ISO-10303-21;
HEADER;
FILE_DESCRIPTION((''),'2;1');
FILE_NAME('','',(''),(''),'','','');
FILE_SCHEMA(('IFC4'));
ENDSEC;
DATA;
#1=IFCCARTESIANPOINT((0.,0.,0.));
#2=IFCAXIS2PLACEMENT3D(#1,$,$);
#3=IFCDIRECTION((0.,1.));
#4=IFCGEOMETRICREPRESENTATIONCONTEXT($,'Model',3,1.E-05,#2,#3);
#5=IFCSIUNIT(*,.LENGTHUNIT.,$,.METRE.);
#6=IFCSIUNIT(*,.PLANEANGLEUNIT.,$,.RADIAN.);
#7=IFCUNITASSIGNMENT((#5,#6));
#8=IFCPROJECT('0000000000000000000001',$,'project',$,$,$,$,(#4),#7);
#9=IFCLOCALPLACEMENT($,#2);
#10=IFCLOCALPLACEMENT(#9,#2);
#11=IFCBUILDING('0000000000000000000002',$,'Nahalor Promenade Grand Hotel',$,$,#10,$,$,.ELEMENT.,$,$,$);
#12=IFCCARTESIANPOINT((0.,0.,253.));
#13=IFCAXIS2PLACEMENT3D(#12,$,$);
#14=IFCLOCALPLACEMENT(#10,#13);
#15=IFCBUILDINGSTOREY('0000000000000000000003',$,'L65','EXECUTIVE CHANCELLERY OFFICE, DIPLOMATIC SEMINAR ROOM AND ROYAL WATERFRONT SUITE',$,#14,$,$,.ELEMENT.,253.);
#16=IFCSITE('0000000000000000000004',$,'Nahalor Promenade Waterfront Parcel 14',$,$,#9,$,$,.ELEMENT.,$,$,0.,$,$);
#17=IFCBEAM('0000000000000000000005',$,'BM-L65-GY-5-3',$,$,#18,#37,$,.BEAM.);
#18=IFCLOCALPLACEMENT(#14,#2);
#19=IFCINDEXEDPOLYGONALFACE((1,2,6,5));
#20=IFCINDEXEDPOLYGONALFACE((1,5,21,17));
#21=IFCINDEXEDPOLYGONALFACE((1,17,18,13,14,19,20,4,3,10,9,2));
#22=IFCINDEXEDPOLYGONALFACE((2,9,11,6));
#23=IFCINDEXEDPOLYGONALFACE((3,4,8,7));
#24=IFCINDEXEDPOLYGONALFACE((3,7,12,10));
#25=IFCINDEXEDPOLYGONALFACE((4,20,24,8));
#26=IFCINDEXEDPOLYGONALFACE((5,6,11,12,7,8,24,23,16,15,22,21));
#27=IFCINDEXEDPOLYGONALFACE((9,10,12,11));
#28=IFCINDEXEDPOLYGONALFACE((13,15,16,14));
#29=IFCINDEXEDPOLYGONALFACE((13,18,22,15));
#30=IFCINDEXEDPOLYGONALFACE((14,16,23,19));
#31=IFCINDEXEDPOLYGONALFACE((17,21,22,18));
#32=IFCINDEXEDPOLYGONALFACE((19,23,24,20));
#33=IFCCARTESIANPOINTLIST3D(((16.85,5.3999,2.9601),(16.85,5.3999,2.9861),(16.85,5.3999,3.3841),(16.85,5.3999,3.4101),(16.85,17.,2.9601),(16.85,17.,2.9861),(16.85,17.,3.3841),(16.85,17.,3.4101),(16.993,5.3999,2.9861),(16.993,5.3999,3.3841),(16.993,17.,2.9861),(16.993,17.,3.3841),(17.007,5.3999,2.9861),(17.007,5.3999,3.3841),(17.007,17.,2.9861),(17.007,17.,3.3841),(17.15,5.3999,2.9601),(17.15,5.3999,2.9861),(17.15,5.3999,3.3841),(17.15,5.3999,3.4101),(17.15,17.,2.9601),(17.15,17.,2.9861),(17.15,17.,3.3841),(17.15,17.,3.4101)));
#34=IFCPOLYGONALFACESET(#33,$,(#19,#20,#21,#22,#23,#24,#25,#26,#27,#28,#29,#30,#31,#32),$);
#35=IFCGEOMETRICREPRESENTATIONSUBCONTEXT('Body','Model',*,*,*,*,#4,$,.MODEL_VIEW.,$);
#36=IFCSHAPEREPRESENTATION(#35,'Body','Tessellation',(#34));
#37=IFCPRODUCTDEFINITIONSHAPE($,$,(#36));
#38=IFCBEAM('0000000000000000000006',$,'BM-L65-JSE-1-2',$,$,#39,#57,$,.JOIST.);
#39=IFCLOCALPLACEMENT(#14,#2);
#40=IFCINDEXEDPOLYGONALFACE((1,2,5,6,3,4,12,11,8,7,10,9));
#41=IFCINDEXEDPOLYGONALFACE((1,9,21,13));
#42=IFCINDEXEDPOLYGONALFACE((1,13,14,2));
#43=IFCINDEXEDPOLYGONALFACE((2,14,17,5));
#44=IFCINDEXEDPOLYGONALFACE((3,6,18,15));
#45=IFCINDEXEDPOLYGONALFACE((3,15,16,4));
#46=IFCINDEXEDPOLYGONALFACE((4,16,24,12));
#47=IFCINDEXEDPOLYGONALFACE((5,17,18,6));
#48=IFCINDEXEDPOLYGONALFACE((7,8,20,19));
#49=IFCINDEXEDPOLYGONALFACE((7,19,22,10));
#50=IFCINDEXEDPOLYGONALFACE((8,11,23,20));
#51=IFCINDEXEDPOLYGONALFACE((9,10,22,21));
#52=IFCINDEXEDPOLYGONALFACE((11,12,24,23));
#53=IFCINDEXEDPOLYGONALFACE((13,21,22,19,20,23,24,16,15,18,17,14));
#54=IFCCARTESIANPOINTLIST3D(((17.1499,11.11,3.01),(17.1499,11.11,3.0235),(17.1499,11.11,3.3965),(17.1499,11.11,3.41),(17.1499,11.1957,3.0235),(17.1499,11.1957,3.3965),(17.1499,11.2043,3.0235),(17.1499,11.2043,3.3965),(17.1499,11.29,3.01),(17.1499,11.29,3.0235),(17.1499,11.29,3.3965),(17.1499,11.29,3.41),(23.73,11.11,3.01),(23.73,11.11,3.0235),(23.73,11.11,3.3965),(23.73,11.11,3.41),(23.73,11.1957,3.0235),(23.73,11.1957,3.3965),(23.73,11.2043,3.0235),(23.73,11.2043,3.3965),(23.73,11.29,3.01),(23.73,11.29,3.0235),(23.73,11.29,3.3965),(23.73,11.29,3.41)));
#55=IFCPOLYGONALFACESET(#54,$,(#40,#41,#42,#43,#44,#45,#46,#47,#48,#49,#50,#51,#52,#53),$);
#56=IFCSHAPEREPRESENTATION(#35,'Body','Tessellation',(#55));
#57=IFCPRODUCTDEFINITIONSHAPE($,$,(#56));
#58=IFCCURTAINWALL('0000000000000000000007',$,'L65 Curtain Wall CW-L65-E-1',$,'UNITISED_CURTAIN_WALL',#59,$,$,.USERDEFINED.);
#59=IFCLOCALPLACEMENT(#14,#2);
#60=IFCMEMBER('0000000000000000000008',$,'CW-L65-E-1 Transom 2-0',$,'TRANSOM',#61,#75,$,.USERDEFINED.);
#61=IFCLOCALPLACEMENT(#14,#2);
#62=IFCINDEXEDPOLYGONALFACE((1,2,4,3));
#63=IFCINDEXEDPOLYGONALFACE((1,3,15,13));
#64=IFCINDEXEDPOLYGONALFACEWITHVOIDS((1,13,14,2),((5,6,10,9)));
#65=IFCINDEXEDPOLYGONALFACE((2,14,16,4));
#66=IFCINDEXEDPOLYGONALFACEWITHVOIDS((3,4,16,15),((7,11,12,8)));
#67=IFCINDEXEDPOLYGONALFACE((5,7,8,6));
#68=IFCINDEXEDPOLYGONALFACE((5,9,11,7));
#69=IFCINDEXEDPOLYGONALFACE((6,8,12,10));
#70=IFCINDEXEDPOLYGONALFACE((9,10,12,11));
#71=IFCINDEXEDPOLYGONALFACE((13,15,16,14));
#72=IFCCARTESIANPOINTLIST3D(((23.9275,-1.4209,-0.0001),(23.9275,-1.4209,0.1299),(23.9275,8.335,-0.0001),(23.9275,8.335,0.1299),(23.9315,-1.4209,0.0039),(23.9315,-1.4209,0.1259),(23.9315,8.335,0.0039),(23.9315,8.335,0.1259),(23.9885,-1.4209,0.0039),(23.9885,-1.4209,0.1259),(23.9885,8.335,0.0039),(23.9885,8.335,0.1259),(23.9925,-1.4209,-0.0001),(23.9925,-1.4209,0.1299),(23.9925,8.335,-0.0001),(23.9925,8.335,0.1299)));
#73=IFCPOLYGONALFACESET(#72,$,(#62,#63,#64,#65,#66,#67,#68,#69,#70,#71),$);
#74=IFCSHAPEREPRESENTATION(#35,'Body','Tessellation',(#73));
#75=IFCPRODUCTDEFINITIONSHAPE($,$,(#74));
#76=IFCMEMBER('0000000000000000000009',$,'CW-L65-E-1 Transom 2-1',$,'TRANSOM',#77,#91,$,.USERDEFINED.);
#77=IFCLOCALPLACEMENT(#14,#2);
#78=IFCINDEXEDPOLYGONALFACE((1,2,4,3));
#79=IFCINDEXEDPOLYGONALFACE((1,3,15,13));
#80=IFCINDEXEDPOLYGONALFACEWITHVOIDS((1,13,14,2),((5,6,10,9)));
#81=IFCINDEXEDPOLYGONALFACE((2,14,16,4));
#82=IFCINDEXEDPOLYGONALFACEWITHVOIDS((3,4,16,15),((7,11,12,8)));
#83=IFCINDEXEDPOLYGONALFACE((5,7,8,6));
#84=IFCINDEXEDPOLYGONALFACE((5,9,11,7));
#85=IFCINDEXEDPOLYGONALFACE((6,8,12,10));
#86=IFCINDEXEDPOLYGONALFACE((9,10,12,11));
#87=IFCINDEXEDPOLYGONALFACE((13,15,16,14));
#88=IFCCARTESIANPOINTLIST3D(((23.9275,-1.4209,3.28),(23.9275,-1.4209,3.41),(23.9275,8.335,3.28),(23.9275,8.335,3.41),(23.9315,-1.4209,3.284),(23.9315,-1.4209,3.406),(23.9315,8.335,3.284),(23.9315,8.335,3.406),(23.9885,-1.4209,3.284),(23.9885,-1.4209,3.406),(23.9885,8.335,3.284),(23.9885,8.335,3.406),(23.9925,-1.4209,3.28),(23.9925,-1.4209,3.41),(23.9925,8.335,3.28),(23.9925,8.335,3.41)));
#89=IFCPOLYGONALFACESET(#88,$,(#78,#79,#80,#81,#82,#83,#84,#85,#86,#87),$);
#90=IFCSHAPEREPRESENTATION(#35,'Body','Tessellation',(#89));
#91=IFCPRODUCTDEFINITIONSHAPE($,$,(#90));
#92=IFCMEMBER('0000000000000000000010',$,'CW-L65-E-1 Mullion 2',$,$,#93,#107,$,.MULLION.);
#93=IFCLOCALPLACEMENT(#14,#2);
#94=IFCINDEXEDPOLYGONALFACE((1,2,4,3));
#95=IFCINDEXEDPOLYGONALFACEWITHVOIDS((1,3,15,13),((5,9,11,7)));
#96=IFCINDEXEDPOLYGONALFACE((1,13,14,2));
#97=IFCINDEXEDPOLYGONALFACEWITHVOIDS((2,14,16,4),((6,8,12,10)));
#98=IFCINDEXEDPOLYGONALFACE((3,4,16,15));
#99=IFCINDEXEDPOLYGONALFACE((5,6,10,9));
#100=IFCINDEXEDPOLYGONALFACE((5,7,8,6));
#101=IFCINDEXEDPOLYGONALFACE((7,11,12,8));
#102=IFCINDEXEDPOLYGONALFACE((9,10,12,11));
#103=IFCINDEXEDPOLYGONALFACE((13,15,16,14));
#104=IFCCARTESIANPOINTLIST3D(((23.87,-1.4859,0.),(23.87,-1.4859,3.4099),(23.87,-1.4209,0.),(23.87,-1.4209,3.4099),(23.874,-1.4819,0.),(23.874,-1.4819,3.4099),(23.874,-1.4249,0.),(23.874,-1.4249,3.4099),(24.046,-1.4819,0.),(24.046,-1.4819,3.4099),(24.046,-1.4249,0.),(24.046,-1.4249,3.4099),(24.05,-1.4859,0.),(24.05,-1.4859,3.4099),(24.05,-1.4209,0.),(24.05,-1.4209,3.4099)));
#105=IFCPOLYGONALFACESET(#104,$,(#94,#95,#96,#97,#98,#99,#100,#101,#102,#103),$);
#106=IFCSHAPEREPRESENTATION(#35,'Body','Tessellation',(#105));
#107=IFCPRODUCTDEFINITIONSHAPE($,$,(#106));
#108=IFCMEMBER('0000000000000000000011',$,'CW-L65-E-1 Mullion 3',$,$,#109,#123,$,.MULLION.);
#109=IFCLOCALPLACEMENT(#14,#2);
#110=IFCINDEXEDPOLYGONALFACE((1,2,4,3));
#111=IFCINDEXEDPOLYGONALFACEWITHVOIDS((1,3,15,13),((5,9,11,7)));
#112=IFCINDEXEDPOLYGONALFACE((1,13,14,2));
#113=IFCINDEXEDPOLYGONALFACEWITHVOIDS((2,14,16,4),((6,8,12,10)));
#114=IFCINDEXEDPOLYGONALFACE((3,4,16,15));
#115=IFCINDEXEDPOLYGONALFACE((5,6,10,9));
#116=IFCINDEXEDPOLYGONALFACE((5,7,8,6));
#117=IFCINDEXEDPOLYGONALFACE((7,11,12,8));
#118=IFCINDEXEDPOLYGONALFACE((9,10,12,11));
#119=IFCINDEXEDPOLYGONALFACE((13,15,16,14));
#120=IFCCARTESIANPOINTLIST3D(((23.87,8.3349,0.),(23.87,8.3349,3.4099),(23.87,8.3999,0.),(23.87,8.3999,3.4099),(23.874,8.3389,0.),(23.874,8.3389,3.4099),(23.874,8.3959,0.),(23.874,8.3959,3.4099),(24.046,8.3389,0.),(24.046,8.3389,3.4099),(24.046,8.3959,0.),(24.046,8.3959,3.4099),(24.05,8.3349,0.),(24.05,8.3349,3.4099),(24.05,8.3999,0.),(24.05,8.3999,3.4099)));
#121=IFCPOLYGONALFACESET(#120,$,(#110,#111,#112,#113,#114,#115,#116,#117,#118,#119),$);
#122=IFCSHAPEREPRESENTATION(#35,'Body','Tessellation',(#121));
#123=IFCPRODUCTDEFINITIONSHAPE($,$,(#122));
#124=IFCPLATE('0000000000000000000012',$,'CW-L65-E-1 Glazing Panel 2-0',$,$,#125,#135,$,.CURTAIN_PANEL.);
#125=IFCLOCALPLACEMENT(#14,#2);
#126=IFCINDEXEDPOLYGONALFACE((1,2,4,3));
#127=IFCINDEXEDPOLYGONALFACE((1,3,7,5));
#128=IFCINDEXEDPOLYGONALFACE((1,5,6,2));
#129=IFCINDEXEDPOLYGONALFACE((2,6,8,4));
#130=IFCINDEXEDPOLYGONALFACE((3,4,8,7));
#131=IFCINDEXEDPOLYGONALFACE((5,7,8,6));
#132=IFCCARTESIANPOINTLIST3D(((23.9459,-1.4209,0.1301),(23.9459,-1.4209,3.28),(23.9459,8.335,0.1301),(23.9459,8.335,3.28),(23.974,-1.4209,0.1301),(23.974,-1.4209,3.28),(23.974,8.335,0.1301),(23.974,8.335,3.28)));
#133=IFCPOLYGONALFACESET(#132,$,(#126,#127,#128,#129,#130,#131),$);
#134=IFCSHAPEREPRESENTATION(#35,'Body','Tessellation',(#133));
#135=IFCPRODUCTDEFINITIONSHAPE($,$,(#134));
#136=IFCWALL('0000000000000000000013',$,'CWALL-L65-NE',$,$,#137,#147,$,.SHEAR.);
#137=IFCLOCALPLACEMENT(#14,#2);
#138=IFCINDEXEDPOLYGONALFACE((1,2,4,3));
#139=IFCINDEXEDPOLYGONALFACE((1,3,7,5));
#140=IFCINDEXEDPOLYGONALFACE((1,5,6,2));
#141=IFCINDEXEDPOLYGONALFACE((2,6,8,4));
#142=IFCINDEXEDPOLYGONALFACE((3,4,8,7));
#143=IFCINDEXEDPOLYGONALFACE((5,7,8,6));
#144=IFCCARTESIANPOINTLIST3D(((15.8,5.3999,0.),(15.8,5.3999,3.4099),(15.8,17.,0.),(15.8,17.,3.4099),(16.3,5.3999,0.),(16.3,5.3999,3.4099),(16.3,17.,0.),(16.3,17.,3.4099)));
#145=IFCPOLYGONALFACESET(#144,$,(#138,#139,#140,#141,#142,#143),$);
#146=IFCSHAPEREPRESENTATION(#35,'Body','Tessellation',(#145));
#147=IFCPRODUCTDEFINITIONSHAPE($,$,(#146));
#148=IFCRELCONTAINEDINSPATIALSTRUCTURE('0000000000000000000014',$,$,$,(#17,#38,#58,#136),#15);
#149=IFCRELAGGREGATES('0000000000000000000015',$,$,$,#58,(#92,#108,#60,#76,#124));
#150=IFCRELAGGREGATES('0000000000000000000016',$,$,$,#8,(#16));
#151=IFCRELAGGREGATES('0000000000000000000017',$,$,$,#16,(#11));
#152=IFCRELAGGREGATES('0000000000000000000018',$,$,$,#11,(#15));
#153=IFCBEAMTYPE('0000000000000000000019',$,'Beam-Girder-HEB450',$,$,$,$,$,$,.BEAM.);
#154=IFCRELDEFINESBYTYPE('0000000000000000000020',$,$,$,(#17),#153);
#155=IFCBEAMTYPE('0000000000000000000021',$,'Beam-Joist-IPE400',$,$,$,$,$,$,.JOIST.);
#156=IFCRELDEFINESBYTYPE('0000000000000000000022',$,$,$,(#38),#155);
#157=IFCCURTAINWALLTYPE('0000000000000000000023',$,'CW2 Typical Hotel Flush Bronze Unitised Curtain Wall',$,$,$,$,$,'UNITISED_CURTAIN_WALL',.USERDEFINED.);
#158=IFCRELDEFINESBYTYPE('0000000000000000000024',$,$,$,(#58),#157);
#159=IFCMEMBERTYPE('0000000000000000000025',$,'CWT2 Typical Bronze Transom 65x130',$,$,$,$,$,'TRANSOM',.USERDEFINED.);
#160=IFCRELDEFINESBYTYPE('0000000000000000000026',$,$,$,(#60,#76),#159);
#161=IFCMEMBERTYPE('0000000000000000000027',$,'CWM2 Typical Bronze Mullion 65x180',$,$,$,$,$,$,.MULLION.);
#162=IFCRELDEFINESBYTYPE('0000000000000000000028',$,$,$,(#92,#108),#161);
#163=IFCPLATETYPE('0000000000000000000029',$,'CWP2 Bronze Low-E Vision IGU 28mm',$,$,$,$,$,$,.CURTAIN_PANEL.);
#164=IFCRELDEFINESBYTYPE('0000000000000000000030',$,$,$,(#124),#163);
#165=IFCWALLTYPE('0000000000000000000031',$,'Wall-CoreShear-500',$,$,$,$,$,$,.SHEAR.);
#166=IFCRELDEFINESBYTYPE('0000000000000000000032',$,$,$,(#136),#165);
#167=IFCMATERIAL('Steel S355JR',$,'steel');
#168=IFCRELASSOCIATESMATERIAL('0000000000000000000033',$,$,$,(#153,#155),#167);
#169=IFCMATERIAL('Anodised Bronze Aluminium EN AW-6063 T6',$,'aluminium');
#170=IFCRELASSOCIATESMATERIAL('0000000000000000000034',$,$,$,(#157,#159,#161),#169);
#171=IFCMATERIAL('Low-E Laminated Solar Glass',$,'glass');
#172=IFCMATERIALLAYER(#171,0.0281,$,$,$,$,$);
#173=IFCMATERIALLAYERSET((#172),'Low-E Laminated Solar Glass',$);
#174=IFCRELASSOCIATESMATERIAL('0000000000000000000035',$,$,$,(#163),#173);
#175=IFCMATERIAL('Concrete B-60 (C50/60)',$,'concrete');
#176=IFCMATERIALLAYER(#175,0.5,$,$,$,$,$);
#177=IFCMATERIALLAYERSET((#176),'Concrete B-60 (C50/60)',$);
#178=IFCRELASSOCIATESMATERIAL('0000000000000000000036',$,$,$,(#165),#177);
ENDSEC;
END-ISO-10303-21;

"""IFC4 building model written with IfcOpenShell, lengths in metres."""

from ifc_helpers import new_model, si_unit, direction, frame, frame_2d, origin, origin_2d, place, context, subcontext, project, spatial, rectangle, hollow_rectangle, i_section, extrude, source, transform, mapped, material, layer, layer_set, material_profile, profile_set, type_object, element, aggregate, save


model = new_model("IFC4")

# Units and contexts
model_context = context("Model", 3, precision=1e-05, world=origin(), true_north=direction((0.0, 1.0)))
body_context = subcontext(model_context, "Body", "Model", "MODEL_VIEW")
ifc_project = project(units=[si_unit("LENGTHUNIT", "METRE"), si_unit("PLANEANGLEUNIT", "RADIAN")], contexts=[model_context])

# Site, building, storey
site_placement = place(None, origin())
site = spatial("IfcSite", under=ifc_project, at=site_placement, Name="Nahalor Promenade Waterfront Parcel 14", CompositionType="ELEMENT", RefElevation=0.0)
building_placement = place(site_placement, origin())
building = spatial("IfcBuilding", under=site, at=building_placement, Name="Nahalor Promenade Grand Hotel", CompositionType="ELEMENT")
storey_placement = place(building_placement, frame((0.0, 0.0, 253.0)))
storey = spatial("IfcBuildingStorey", under=building, at=storey_placement, Name="L65", Description="EXECUTIVE CHANCELLERY OFFICE, DIPLOMATIC SEMINAR ROOM AND ROYAL WATERFRONT SUITE", CompositionType="ELEMENT", Elevation=253.0)

# Shared definitions
ifc_material_1 = material(Name="Steel S355JR", Category="steel")

# Beams
ifc_material_profile_1 = material_profile(ifc_material_1, i_section(OverallWidth=0.3, OverallDepth=0.45, WebThickness=0.014, FlangeThickness=0.026, at=origin_2d()), Name="HEB 450")
ifc_profile_set_1 = profile_set([ifc_material_profile_1], Name="Steel S355JR")
beam_type_1 = type_object("IfcBeamType", Name="Beam-Girder-HEB450", PredefinedType="BEAM", material=ifc_profile_set_1)
shared_shape_1 = source(origin(), body_context, "Body", "SweptSolid", [
    extrude(i_section(OverallWidth=0.3, OverallDepth=0.45, WebThickness=0.014, FlangeThickness=0.026, at=origin_2d()), origin(), (0.0, 0.0, 1.0), 11.6001),
])
beam_1_placement = place(storey_placement, frame((17.0, 5.3999, 3.1851), z_axis=(0.0, 1.0, 0.0), x_axis=(-1.0, 0.0, 0.0)))
element("IfcBeam", 1, at=beam_1_placement, inside=storey, type_object=beam_type_1, Name="BM-L65-GY-5-3", PredefinedType="BEAM", context=body_context, shape_type="MappedRepresentation", body=[
    mapped(shared_shape_1, transform((0.0, 0.0, 0.0), scale=1.0)),
])
ifc_material_profile_2 = material_profile(ifc_material_1, i_section(OverallWidth=0.18, OverallDepth=0.4, WebThickness=0.0086, FlangeThickness=0.0135, at=origin_2d()), Name="IPE 400")
ifc_profile_set_2 = profile_set([ifc_material_profile_2], Name="Steel S355JR")
beam_type_2 = type_object("IfcBeamType", Name="Beam-Joist-IPE400", PredefinedType="JOIST", material=ifc_profile_set_2)
shared_shape_2 = source(origin(), body_context, "Body", "SweptSolid", [
    extrude(i_section(OverallWidth=0.18, OverallDepth=0.4, WebThickness=0.0086, FlangeThickness=0.0135, at=origin_2d()), origin(), (0.0, 0.0, 1.0), 6.5801),
])
beam_2_placement = place(storey_placement, frame((17.1499, 11.2, 3.21), z_axis=(1.0, 0.0, 0.0), x_axis=(0.0, 1.0, 0.0)))
element("IfcBeam", 2, at=beam_2_placement, inside=storey, type_object=beam_type_2, Name="BM-L65-JSE-1-2", PredefinedType="JOIST", context=body_context, shape_type="MappedRepresentation", body=[
    mapped(shared_shape_2, transform((0.0, 0.0, 0.0), scale=1.0)),
])

# Curtain wall, members, plate
ifc_material_2 = material(Name="Anodised Bronze Aluminium EN AW-6063 T6", Category="aluminium")
curtain_wall_type = type_object("IfcCurtainWallType", Name="CW2 Typical Hotel Flush Bronze Unitised Curtain Wall", ElementType="UNITISED_CURTAIN_WALL", PredefinedType="USERDEFINED", material=ifc_material_2)
curtain_wall_placement = place(storey_placement, origin())
curtain_wall = element("IfcCurtainWall", 3, at=curtain_wall_placement, inside=storey, type_object=curtain_wall_type, Name="L65 Curtain Wall CW-L65-E-1", ObjectType="UNITISED_CURTAIN_WALL", PredefinedType="USERDEFINED")
ifc_material_profile_3 = material_profile(ifc_material_2, hollow_rectangle(XDim=0.065, YDim=0.13, WallThickness=0.004, at=origin_2d()), Name="CWT 65x130x4")
ifc_profile_set_3 = profile_set([ifc_material_profile_3], Name="Anodised Bronze Aluminium EN AW-6063 T6")
member_type_1 = type_object("IfcMemberType", Name="CWT2 Typical Bronze Transom 65x130", ElementType="TRANSOM", PredefinedType="USERDEFINED", material=ifc_profile_set_3)
shared_shape_3 = source(origin(), body_context, "Body", "SweptSolid", [
    extrude(hollow_rectangle(XDim=0.065, YDim=0.13, WallThickness=0.004, at=origin_2d()), origin(), (0.0, 0.0, 1.0), 9.7559),
])
member_1_placement = place(storey_placement, frame((23.96, -1.4209, 0.0649), z_axis=(0.0, 1.0, 0.0), x_axis=(-1.0, 0.0, 0.0)))
member_1 = element("IfcMember", 4, at=member_1_placement, type_object=member_type_1, Name="CW-L65-E-1 Transom 2-0", ObjectType="TRANSOM", PredefinedType="USERDEFINED", context=body_context, shape_type="MappedRepresentation", body=[
    mapped(shared_shape_3, transform((0.0, 0.0, 0.0), scale=1.0)),
])
member_2_placement = place(storey_placement, frame((23.96, -1.4209, 3.345), z_axis=(0.0, 1.0, 0.0), x_axis=(-1.0, 0.0, 0.0)))
member_2 = element("IfcMember", 5, at=member_2_placement, type_object=member_type_1, Name="CW-L65-E-1 Transom 2-1", ObjectType="TRANSOM", PredefinedType="USERDEFINED", context=body_context, shape_type="MappedRepresentation", body=[
    mapped(shared_shape_3, transform((0.0, 0.0, 0.0), scale=1.0)),
])
ifc_material_profile_4 = material_profile(ifc_material_2, hollow_rectangle(XDim=0.065, YDim=0.18, WallThickness=0.004, at=origin_2d()), Name="CWM 65x180x4")
ifc_profile_set_4 = profile_set([ifc_material_profile_4], Name="Anodised Bronze Aluminium EN AW-6063 T6")
member_type_2 = type_object("IfcMemberType", Name="CWM2 Typical Bronze Mullion 65x180", PredefinedType="MULLION", material=ifc_profile_set_4)
shared_shape_4 = source(origin(), body_context, "Body", "SweptSolid", [
    extrude(hollow_rectangle(XDim=0.065, YDim=0.18, WallThickness=0.004, at=origin_2d()), origin(), (0.0, 0.0, 1.0), 3.4099),
])
member_3_placement = place(storey_placement, frame((23.96, -1.4534, 0.0), z_axis=(0.0, 0.0, 1.0), x_axis=(0.0, 1.0, 0.0)))
member_3 = element("IfcMember", 6, at=member_3_placement, type_object=member_type_2, Name="CW-L65-E-1 Mullion 2", PredefinedType="MULLION", context=body_context, shape_type="MappedRepresentation", body=[
    mapped(shared_shape_4, transform((0.0, 0.0, 0.0), scale=1.0)),
])
member_4_placement = place(storey_placement, frame((23.96, 8.3674, 0.0), z_axis=(0.0, 0.0, 1.0), x_axis=(0.0, 1.0, 0.0)))
member_4 = element("IfcMember", 7, at=member_4_placement, type_object=member_type_2, Name="CW-L65-E-1 Mullion 3", PredefinedType="MULLION", context=body_context, shape_type="MappedRepresentation", body=[
    mapped(shared_shape_4, transform((0.0, 0.0, 0.0), scale=1.0)),
])
ifc_material_3 = material(Name="Low-E Laminated Solar Glass", Category="glass")
ifc_layer_1 = layer(ifc_material_3, 0.0281)
ifc_layer_set_1 = layer_set([ifc_layer_1], Name="Low-E Laminated Solar Glass")
plate_type = type_object("IfcPlateType", Name="CWP2 Bronze Low-E Vision IGU 28mm", PredefinedType="CURTAIN_PANEL", material=ifc_layer_set_1)
shared_shape_5 = source(origin(), body_context, "Body", "SweptSolid", [
    extrude(rectangle(XDim=9.7559, YDim=0.0281, at=origin_2d()), origin(), (0.0, 0.0, 1.0), 3.1499),
])
plate_placement = place(storey_placement, frame((23.96, 3.457, 0.1301), z_axis=(0.0, 0.0, 1.0), x_axis=(0.0, 1.0, 0.0)))
plate = element("IfcPlate", 8, at=plate_placement, type_object=plate_type, Name="CW-L65-E-1 Glazing Panel 2-0", PredefinedType="CURTAIN_PANEL", context=body_context, shape_type="MappedRepresentation", body=[
    mapped(shared_shape_5, transform((0.0, 0.0, 0.0), scale=1.0)),
])
aggregate(curtain_wall, [member_3, member_4, member_1, member_2, plate])

# Wall
ifc_material_4 = material(Name="Concrete B-60 (C50/60)", Category="concrete")
ifc_layer_2 = layer(ifc_material_4, 0.5)
ifc_layer_set_2 = layer_set([ifc_layer_2], Name="Concrete B-60 (C50/60)")
wall_type_1 = type_object("IfcWallType", Name="Wall-CoreShear-500", PredefinedType="SHEAR", material=ifc_layer_set_2)
shared_shape_6 = source(origin(), body_context, "Body", "SweptSolid", [
    extrude(rectangle(XDim=11.6001, YDim=0.5, at=frame_2d((5.8, 0.0))), origin(), (0.0, 0.0, 1.0), 3.4099),
])
wall_1_placement = place(storey_placement, frame((16.05, 5.3999, 0.0), z_axis=(0.0, 0.0, 1.0), x_axis=(0.0, 1.0, 0.0)))
element("IfcWall", 9, at=wall_1_placement, inside=storey, type_object=wall_type_1, Name="CWALL-L65-NE", PredefinedType="SHEAR", context=body_context, shape_type="MappedRepresentation", body=[
    mapped(shared_shape_6, transform((0.0, 0.0, 0.0), scale=1.0)),
])

save(model, "model.ifc")
